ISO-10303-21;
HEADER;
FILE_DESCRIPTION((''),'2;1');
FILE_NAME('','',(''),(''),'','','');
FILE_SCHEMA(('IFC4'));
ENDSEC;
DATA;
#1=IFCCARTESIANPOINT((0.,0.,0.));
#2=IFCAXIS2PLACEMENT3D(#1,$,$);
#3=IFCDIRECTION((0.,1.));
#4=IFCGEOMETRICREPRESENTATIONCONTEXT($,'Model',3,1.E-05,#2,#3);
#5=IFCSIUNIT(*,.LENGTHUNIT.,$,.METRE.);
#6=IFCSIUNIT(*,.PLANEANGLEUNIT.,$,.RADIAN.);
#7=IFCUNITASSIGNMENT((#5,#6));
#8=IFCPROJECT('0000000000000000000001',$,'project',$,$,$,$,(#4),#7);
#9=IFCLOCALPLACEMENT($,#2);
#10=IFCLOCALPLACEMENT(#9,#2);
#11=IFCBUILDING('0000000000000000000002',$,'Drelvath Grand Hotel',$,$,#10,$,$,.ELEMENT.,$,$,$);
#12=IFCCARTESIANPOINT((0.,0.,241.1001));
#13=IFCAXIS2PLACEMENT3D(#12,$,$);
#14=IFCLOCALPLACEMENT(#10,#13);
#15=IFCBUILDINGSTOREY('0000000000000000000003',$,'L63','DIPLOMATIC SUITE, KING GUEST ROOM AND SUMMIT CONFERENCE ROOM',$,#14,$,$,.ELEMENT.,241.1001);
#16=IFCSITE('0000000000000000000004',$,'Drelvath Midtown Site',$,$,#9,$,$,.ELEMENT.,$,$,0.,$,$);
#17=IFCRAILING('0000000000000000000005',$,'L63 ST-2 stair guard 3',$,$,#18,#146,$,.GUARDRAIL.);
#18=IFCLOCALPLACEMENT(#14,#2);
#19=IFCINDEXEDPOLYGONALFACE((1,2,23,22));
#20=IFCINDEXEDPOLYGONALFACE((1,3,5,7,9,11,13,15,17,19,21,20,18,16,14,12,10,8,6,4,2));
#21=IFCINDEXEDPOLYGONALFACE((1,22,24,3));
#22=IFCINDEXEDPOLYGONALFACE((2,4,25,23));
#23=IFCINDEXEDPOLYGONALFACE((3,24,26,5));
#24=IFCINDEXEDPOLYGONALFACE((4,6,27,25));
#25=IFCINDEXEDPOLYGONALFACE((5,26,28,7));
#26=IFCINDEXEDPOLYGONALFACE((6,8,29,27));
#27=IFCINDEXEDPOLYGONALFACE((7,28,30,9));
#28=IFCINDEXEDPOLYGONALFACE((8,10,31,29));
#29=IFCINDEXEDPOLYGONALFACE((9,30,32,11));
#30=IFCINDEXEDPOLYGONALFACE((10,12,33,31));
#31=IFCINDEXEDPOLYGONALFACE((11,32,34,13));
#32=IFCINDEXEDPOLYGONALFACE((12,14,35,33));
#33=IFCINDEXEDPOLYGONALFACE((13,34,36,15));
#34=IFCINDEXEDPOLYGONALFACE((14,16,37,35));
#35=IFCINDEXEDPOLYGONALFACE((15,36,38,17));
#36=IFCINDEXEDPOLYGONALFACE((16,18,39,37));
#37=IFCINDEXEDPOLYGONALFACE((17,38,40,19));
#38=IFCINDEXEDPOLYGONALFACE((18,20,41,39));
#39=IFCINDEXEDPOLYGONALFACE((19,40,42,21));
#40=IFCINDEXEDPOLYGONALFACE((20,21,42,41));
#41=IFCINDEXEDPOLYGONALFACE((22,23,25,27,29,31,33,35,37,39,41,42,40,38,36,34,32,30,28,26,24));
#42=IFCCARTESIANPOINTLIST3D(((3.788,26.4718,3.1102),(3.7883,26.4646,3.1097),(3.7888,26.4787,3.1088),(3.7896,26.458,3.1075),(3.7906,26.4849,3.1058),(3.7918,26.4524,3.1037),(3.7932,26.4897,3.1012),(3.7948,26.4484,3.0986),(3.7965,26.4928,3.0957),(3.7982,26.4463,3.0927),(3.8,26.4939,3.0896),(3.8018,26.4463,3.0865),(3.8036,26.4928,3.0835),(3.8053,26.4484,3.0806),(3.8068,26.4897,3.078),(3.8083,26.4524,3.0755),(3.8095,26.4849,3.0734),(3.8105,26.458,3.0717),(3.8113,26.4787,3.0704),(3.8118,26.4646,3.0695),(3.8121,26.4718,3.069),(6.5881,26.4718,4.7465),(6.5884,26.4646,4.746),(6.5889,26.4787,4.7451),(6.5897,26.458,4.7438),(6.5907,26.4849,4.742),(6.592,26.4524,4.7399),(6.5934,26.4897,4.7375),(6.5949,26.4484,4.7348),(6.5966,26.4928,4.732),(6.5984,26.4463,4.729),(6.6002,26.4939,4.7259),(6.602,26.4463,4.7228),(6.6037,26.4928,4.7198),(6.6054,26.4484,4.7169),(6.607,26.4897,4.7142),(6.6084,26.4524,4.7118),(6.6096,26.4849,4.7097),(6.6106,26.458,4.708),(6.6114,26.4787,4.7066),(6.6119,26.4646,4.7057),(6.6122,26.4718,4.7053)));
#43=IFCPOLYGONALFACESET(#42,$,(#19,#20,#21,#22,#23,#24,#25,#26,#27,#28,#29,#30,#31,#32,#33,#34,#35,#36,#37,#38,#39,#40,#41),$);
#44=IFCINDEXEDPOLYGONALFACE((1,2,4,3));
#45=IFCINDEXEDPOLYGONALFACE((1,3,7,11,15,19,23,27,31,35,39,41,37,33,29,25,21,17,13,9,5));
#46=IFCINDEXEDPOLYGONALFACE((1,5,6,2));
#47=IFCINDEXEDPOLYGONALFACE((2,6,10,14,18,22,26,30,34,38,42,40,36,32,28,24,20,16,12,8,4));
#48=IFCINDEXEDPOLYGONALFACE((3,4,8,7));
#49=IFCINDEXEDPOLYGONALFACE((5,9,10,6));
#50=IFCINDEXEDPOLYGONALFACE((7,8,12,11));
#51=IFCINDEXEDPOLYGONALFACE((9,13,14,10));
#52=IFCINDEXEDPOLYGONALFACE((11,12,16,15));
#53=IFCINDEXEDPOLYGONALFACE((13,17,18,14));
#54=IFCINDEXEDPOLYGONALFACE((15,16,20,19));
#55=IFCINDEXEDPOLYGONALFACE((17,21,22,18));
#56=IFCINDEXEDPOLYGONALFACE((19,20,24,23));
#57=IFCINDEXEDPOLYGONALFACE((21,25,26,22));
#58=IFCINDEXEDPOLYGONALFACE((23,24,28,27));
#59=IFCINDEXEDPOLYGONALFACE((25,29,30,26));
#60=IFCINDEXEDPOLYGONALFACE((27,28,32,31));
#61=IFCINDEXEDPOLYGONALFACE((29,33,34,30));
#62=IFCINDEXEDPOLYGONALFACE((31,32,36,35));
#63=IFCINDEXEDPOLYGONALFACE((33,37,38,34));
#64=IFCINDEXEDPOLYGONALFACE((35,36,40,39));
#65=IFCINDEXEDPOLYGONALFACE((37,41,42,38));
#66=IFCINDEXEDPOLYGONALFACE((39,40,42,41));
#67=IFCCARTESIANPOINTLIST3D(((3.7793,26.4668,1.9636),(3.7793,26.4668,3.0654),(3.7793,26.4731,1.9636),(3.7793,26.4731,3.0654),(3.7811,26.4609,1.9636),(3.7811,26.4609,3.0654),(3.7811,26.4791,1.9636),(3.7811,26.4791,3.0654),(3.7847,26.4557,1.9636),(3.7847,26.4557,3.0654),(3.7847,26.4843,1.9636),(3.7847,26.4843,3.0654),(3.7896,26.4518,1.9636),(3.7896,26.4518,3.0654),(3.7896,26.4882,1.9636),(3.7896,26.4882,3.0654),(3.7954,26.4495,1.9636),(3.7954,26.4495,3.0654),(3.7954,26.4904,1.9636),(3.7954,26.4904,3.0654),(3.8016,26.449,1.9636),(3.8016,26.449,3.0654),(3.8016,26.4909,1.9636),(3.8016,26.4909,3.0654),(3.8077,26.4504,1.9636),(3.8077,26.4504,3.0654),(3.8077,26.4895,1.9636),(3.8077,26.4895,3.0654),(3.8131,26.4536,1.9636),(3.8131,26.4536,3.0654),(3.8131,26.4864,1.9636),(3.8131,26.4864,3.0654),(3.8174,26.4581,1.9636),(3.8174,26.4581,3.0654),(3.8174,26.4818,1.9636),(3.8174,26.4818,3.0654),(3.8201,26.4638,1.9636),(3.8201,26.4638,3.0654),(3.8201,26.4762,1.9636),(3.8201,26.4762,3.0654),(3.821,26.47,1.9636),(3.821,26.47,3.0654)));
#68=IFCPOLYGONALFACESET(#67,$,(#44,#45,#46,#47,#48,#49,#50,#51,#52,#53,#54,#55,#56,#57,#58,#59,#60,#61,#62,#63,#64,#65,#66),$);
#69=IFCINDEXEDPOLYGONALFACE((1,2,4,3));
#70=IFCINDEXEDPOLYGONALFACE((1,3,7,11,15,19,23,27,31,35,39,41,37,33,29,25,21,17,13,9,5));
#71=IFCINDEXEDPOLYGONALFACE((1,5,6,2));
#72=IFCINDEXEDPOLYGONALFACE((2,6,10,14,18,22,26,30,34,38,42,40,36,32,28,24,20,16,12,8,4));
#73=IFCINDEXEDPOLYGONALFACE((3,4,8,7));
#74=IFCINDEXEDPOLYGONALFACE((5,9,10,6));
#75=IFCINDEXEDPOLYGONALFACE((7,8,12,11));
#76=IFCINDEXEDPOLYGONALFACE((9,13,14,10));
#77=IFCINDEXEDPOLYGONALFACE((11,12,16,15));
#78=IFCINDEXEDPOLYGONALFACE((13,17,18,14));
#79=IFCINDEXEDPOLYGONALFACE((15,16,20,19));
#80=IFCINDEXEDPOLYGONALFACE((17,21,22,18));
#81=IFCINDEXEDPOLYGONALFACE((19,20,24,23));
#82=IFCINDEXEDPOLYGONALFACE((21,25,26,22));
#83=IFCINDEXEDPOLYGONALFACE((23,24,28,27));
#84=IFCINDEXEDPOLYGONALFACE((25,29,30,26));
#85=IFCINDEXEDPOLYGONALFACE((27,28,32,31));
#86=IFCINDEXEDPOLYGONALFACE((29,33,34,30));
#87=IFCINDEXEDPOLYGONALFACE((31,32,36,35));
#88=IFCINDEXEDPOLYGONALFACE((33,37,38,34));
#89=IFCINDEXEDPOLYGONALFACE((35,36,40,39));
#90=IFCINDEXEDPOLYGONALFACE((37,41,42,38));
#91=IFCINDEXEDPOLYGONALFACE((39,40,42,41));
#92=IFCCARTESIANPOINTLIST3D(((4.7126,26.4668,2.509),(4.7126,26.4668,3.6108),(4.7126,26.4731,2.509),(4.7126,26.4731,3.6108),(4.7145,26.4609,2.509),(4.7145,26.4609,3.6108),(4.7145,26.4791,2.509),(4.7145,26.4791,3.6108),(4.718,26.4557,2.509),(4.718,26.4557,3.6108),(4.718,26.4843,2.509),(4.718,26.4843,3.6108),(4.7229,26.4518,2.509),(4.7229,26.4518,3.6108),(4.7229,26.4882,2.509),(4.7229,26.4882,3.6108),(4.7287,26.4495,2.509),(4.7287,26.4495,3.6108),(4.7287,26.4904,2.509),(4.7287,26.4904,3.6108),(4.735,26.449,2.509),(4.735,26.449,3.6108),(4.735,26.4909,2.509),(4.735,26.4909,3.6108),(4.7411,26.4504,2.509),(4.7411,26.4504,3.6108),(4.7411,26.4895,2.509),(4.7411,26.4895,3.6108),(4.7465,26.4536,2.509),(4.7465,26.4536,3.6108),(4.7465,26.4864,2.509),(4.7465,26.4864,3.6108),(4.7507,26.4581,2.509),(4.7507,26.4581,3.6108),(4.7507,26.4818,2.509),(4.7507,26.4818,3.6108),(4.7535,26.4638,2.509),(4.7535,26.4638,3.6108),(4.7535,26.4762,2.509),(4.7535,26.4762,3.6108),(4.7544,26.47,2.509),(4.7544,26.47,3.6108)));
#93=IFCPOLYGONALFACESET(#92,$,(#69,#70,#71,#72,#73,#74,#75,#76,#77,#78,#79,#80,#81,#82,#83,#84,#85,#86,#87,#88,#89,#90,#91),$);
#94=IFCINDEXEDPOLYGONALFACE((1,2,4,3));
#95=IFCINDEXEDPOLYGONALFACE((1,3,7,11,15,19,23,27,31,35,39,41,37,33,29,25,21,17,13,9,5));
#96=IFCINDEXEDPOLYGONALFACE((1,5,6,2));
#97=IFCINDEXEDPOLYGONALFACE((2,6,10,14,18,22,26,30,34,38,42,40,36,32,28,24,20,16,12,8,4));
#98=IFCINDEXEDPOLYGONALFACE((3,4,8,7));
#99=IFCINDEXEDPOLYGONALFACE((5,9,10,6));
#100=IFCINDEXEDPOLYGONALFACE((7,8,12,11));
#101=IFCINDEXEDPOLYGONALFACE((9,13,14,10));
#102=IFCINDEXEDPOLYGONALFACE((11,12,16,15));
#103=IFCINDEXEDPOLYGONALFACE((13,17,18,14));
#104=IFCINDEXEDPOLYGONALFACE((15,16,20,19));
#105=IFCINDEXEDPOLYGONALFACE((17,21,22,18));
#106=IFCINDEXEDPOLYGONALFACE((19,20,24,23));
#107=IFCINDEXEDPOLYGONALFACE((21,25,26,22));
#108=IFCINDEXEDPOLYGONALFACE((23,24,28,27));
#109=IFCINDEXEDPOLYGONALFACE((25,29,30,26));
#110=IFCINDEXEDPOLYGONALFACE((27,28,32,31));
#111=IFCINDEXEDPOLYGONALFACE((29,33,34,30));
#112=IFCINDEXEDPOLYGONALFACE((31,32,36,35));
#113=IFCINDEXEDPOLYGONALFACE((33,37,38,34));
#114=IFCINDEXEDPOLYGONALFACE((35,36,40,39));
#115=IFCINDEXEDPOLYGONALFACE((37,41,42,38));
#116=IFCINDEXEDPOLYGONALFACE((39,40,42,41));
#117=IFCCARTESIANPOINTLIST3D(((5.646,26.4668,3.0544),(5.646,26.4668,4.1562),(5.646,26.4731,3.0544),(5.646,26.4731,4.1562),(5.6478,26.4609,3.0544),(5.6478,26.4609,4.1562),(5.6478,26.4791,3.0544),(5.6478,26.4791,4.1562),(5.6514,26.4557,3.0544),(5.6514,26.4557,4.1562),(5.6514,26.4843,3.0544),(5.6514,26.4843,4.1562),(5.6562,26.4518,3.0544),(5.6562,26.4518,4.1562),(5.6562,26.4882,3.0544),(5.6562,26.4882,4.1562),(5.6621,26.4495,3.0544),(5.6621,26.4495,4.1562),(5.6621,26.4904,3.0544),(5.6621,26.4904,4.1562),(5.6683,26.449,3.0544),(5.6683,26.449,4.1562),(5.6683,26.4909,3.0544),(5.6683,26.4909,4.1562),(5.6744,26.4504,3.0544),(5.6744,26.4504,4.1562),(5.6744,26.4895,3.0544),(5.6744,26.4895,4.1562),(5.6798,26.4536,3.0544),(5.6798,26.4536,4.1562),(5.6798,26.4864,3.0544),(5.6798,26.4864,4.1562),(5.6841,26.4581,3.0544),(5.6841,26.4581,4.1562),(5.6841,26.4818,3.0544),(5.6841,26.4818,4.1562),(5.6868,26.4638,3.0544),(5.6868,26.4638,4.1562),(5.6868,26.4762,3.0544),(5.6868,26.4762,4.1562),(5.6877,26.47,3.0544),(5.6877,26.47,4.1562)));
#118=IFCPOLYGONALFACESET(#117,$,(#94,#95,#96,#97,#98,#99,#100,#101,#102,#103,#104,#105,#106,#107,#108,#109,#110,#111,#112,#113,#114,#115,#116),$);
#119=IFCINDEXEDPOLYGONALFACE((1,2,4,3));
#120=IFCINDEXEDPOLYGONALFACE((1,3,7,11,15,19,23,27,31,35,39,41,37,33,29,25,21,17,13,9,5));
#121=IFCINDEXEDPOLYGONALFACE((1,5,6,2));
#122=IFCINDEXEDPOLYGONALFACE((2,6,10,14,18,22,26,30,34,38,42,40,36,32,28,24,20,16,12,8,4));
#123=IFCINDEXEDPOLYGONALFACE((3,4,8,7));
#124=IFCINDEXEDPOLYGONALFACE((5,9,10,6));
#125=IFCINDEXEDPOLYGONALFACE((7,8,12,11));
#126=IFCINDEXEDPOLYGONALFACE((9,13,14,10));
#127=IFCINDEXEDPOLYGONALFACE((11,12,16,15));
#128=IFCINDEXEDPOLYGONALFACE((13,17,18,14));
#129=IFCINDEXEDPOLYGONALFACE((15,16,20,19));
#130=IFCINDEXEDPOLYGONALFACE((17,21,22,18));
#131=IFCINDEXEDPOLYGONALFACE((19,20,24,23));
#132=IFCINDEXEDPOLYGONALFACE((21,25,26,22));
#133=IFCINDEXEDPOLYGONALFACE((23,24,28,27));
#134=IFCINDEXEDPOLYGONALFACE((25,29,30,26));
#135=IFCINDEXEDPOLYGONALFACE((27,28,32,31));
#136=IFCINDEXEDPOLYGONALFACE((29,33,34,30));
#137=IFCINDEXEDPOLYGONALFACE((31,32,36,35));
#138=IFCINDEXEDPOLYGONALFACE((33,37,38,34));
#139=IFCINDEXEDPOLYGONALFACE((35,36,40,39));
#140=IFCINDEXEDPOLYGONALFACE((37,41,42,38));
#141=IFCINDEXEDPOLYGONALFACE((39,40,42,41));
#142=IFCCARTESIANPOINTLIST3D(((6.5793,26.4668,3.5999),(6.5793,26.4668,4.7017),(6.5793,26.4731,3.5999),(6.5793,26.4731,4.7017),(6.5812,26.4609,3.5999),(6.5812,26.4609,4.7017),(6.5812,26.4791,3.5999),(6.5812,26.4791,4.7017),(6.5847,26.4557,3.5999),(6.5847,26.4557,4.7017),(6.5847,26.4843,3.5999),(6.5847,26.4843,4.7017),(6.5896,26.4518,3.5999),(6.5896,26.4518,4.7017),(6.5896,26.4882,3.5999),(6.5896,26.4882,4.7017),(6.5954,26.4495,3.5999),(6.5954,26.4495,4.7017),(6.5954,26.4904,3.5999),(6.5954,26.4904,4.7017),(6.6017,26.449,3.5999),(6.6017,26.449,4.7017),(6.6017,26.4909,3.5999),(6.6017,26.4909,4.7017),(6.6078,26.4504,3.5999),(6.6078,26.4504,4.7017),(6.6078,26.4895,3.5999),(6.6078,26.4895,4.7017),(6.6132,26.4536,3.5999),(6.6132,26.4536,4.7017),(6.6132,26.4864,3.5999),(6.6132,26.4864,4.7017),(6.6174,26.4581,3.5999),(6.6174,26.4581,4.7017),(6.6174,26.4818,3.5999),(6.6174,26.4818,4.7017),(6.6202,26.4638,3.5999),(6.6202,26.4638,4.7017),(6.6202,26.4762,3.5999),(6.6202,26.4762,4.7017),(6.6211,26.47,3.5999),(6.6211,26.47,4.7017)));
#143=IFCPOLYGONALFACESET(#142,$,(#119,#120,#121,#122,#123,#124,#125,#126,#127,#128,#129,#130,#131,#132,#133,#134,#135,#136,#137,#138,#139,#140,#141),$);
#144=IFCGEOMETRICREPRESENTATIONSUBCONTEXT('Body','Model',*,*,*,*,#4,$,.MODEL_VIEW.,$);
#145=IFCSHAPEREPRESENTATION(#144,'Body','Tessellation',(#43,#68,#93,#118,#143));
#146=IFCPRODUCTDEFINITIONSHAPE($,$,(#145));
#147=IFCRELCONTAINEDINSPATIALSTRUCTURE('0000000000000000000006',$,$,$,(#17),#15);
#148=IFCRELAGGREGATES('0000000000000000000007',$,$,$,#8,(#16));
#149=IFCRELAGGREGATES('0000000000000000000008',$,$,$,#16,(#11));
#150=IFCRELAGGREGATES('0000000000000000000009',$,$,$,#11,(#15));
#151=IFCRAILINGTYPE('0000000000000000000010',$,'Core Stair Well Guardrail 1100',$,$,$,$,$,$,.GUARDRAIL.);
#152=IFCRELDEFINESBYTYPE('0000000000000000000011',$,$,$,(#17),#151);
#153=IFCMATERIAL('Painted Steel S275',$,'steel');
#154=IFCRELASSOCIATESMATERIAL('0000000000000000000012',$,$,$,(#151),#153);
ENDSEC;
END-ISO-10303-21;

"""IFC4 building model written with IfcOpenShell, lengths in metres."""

from ifc_helpers import new_model, si_unit, direction, frame, origin, origin_2d, place, context, subcontext, project, spatial, circle, extrude, material, type_object, element, save


model = new_model("IFC4")

# Units and contexts
model_context = context("Model", 3, precision=1e-05, world=origin(), true_north=direction((0.0, 1.0)))
body_context = subcontext(model_context, "Body", "Model", "MODEL_VIEW")
ifc_project = project(units=[si_unit("LENGTHUNIT", "METRE"), si_unit("PLANEANGLEUNIT", "RADIAN")], contexts=[model_context])

# Site, building, storey
site_placement = place(None, origin())
site = spatial("IfcSite", under=ifc_project, at=site_placement, Name="Drelvath Midtown Site", CompositionType="ELEMENT", RefElevation=0.0)
building_placement = place(site_placement, origin())
building = spatial("IfcBuilding", under=site, at=building_placement, Name="Drelvath Grand Hotel", CompositionType="ELEMENT")
storey_placement = place(building_placement, frame((0.0, 0.0, 241.1001)))
storey = spatial("IfcBuildingStorey", under=building, at=storey_placement, Name="L63", Description="DIPLOMATIC SUITE, KING GUEST ROOM AND SUMMIT CONFERENCE ROOM", CompositionType="ELEMENT", Elevation=241.1001)

# Railing
ifc_material_1 = material(Name="Painted Steel S275", Category="steel")
railing_type_1 = type_object("IfcRailingType", Name="Core Stair Well Guardrail 1100", PredefinedType="GUARDRAIL", material=ifc_material_1)
railing_1_placement = place(storey_placement, frame((3.8, 26.47, 1.9636)))
element("IfcRailing", 1, at=railing_1_placement, inside=storey, type_object=railing_type_1, Name="L63 ST-2 stair guard 3", PredefinedType="GUARDRAIL", context=body_context, shape_type="SweptSolid", body=[
    extrude(circle(Radius=0.0239, at=origin_2d()), frame((0.0, 0.0, 1.126), z_axis=(0.863394, 0.0, 0.504531), x_axis=(0.0, 1.0, 0.0)), (0.0, 0.0, 1.0), 3.2432),
    extrude(circle(Radius=0.021, at=origin_2d()), origin(), (0.0, 0.0, 1.0), 1.1018),
    extrude(circle(Radius=0.021, at=origin_2d()), frame((0.9333, 0.0, 0.5454)), (0.0, 0.0, 1.0), 1.1018),
    extrude(circle(Radius=0.021, at=origin_2d()), frame((1.8667, 0.0, 1.0908)), (0.0, 0.0, 1.0), 1.1018),
    extrude(circle(Radius=0.021, at=origin_2d()), frame((2.8, 0.0, 1.6362)), (0.0, 0.0, 1.0), 1.1018),
])

save(model, "model.ifc")
